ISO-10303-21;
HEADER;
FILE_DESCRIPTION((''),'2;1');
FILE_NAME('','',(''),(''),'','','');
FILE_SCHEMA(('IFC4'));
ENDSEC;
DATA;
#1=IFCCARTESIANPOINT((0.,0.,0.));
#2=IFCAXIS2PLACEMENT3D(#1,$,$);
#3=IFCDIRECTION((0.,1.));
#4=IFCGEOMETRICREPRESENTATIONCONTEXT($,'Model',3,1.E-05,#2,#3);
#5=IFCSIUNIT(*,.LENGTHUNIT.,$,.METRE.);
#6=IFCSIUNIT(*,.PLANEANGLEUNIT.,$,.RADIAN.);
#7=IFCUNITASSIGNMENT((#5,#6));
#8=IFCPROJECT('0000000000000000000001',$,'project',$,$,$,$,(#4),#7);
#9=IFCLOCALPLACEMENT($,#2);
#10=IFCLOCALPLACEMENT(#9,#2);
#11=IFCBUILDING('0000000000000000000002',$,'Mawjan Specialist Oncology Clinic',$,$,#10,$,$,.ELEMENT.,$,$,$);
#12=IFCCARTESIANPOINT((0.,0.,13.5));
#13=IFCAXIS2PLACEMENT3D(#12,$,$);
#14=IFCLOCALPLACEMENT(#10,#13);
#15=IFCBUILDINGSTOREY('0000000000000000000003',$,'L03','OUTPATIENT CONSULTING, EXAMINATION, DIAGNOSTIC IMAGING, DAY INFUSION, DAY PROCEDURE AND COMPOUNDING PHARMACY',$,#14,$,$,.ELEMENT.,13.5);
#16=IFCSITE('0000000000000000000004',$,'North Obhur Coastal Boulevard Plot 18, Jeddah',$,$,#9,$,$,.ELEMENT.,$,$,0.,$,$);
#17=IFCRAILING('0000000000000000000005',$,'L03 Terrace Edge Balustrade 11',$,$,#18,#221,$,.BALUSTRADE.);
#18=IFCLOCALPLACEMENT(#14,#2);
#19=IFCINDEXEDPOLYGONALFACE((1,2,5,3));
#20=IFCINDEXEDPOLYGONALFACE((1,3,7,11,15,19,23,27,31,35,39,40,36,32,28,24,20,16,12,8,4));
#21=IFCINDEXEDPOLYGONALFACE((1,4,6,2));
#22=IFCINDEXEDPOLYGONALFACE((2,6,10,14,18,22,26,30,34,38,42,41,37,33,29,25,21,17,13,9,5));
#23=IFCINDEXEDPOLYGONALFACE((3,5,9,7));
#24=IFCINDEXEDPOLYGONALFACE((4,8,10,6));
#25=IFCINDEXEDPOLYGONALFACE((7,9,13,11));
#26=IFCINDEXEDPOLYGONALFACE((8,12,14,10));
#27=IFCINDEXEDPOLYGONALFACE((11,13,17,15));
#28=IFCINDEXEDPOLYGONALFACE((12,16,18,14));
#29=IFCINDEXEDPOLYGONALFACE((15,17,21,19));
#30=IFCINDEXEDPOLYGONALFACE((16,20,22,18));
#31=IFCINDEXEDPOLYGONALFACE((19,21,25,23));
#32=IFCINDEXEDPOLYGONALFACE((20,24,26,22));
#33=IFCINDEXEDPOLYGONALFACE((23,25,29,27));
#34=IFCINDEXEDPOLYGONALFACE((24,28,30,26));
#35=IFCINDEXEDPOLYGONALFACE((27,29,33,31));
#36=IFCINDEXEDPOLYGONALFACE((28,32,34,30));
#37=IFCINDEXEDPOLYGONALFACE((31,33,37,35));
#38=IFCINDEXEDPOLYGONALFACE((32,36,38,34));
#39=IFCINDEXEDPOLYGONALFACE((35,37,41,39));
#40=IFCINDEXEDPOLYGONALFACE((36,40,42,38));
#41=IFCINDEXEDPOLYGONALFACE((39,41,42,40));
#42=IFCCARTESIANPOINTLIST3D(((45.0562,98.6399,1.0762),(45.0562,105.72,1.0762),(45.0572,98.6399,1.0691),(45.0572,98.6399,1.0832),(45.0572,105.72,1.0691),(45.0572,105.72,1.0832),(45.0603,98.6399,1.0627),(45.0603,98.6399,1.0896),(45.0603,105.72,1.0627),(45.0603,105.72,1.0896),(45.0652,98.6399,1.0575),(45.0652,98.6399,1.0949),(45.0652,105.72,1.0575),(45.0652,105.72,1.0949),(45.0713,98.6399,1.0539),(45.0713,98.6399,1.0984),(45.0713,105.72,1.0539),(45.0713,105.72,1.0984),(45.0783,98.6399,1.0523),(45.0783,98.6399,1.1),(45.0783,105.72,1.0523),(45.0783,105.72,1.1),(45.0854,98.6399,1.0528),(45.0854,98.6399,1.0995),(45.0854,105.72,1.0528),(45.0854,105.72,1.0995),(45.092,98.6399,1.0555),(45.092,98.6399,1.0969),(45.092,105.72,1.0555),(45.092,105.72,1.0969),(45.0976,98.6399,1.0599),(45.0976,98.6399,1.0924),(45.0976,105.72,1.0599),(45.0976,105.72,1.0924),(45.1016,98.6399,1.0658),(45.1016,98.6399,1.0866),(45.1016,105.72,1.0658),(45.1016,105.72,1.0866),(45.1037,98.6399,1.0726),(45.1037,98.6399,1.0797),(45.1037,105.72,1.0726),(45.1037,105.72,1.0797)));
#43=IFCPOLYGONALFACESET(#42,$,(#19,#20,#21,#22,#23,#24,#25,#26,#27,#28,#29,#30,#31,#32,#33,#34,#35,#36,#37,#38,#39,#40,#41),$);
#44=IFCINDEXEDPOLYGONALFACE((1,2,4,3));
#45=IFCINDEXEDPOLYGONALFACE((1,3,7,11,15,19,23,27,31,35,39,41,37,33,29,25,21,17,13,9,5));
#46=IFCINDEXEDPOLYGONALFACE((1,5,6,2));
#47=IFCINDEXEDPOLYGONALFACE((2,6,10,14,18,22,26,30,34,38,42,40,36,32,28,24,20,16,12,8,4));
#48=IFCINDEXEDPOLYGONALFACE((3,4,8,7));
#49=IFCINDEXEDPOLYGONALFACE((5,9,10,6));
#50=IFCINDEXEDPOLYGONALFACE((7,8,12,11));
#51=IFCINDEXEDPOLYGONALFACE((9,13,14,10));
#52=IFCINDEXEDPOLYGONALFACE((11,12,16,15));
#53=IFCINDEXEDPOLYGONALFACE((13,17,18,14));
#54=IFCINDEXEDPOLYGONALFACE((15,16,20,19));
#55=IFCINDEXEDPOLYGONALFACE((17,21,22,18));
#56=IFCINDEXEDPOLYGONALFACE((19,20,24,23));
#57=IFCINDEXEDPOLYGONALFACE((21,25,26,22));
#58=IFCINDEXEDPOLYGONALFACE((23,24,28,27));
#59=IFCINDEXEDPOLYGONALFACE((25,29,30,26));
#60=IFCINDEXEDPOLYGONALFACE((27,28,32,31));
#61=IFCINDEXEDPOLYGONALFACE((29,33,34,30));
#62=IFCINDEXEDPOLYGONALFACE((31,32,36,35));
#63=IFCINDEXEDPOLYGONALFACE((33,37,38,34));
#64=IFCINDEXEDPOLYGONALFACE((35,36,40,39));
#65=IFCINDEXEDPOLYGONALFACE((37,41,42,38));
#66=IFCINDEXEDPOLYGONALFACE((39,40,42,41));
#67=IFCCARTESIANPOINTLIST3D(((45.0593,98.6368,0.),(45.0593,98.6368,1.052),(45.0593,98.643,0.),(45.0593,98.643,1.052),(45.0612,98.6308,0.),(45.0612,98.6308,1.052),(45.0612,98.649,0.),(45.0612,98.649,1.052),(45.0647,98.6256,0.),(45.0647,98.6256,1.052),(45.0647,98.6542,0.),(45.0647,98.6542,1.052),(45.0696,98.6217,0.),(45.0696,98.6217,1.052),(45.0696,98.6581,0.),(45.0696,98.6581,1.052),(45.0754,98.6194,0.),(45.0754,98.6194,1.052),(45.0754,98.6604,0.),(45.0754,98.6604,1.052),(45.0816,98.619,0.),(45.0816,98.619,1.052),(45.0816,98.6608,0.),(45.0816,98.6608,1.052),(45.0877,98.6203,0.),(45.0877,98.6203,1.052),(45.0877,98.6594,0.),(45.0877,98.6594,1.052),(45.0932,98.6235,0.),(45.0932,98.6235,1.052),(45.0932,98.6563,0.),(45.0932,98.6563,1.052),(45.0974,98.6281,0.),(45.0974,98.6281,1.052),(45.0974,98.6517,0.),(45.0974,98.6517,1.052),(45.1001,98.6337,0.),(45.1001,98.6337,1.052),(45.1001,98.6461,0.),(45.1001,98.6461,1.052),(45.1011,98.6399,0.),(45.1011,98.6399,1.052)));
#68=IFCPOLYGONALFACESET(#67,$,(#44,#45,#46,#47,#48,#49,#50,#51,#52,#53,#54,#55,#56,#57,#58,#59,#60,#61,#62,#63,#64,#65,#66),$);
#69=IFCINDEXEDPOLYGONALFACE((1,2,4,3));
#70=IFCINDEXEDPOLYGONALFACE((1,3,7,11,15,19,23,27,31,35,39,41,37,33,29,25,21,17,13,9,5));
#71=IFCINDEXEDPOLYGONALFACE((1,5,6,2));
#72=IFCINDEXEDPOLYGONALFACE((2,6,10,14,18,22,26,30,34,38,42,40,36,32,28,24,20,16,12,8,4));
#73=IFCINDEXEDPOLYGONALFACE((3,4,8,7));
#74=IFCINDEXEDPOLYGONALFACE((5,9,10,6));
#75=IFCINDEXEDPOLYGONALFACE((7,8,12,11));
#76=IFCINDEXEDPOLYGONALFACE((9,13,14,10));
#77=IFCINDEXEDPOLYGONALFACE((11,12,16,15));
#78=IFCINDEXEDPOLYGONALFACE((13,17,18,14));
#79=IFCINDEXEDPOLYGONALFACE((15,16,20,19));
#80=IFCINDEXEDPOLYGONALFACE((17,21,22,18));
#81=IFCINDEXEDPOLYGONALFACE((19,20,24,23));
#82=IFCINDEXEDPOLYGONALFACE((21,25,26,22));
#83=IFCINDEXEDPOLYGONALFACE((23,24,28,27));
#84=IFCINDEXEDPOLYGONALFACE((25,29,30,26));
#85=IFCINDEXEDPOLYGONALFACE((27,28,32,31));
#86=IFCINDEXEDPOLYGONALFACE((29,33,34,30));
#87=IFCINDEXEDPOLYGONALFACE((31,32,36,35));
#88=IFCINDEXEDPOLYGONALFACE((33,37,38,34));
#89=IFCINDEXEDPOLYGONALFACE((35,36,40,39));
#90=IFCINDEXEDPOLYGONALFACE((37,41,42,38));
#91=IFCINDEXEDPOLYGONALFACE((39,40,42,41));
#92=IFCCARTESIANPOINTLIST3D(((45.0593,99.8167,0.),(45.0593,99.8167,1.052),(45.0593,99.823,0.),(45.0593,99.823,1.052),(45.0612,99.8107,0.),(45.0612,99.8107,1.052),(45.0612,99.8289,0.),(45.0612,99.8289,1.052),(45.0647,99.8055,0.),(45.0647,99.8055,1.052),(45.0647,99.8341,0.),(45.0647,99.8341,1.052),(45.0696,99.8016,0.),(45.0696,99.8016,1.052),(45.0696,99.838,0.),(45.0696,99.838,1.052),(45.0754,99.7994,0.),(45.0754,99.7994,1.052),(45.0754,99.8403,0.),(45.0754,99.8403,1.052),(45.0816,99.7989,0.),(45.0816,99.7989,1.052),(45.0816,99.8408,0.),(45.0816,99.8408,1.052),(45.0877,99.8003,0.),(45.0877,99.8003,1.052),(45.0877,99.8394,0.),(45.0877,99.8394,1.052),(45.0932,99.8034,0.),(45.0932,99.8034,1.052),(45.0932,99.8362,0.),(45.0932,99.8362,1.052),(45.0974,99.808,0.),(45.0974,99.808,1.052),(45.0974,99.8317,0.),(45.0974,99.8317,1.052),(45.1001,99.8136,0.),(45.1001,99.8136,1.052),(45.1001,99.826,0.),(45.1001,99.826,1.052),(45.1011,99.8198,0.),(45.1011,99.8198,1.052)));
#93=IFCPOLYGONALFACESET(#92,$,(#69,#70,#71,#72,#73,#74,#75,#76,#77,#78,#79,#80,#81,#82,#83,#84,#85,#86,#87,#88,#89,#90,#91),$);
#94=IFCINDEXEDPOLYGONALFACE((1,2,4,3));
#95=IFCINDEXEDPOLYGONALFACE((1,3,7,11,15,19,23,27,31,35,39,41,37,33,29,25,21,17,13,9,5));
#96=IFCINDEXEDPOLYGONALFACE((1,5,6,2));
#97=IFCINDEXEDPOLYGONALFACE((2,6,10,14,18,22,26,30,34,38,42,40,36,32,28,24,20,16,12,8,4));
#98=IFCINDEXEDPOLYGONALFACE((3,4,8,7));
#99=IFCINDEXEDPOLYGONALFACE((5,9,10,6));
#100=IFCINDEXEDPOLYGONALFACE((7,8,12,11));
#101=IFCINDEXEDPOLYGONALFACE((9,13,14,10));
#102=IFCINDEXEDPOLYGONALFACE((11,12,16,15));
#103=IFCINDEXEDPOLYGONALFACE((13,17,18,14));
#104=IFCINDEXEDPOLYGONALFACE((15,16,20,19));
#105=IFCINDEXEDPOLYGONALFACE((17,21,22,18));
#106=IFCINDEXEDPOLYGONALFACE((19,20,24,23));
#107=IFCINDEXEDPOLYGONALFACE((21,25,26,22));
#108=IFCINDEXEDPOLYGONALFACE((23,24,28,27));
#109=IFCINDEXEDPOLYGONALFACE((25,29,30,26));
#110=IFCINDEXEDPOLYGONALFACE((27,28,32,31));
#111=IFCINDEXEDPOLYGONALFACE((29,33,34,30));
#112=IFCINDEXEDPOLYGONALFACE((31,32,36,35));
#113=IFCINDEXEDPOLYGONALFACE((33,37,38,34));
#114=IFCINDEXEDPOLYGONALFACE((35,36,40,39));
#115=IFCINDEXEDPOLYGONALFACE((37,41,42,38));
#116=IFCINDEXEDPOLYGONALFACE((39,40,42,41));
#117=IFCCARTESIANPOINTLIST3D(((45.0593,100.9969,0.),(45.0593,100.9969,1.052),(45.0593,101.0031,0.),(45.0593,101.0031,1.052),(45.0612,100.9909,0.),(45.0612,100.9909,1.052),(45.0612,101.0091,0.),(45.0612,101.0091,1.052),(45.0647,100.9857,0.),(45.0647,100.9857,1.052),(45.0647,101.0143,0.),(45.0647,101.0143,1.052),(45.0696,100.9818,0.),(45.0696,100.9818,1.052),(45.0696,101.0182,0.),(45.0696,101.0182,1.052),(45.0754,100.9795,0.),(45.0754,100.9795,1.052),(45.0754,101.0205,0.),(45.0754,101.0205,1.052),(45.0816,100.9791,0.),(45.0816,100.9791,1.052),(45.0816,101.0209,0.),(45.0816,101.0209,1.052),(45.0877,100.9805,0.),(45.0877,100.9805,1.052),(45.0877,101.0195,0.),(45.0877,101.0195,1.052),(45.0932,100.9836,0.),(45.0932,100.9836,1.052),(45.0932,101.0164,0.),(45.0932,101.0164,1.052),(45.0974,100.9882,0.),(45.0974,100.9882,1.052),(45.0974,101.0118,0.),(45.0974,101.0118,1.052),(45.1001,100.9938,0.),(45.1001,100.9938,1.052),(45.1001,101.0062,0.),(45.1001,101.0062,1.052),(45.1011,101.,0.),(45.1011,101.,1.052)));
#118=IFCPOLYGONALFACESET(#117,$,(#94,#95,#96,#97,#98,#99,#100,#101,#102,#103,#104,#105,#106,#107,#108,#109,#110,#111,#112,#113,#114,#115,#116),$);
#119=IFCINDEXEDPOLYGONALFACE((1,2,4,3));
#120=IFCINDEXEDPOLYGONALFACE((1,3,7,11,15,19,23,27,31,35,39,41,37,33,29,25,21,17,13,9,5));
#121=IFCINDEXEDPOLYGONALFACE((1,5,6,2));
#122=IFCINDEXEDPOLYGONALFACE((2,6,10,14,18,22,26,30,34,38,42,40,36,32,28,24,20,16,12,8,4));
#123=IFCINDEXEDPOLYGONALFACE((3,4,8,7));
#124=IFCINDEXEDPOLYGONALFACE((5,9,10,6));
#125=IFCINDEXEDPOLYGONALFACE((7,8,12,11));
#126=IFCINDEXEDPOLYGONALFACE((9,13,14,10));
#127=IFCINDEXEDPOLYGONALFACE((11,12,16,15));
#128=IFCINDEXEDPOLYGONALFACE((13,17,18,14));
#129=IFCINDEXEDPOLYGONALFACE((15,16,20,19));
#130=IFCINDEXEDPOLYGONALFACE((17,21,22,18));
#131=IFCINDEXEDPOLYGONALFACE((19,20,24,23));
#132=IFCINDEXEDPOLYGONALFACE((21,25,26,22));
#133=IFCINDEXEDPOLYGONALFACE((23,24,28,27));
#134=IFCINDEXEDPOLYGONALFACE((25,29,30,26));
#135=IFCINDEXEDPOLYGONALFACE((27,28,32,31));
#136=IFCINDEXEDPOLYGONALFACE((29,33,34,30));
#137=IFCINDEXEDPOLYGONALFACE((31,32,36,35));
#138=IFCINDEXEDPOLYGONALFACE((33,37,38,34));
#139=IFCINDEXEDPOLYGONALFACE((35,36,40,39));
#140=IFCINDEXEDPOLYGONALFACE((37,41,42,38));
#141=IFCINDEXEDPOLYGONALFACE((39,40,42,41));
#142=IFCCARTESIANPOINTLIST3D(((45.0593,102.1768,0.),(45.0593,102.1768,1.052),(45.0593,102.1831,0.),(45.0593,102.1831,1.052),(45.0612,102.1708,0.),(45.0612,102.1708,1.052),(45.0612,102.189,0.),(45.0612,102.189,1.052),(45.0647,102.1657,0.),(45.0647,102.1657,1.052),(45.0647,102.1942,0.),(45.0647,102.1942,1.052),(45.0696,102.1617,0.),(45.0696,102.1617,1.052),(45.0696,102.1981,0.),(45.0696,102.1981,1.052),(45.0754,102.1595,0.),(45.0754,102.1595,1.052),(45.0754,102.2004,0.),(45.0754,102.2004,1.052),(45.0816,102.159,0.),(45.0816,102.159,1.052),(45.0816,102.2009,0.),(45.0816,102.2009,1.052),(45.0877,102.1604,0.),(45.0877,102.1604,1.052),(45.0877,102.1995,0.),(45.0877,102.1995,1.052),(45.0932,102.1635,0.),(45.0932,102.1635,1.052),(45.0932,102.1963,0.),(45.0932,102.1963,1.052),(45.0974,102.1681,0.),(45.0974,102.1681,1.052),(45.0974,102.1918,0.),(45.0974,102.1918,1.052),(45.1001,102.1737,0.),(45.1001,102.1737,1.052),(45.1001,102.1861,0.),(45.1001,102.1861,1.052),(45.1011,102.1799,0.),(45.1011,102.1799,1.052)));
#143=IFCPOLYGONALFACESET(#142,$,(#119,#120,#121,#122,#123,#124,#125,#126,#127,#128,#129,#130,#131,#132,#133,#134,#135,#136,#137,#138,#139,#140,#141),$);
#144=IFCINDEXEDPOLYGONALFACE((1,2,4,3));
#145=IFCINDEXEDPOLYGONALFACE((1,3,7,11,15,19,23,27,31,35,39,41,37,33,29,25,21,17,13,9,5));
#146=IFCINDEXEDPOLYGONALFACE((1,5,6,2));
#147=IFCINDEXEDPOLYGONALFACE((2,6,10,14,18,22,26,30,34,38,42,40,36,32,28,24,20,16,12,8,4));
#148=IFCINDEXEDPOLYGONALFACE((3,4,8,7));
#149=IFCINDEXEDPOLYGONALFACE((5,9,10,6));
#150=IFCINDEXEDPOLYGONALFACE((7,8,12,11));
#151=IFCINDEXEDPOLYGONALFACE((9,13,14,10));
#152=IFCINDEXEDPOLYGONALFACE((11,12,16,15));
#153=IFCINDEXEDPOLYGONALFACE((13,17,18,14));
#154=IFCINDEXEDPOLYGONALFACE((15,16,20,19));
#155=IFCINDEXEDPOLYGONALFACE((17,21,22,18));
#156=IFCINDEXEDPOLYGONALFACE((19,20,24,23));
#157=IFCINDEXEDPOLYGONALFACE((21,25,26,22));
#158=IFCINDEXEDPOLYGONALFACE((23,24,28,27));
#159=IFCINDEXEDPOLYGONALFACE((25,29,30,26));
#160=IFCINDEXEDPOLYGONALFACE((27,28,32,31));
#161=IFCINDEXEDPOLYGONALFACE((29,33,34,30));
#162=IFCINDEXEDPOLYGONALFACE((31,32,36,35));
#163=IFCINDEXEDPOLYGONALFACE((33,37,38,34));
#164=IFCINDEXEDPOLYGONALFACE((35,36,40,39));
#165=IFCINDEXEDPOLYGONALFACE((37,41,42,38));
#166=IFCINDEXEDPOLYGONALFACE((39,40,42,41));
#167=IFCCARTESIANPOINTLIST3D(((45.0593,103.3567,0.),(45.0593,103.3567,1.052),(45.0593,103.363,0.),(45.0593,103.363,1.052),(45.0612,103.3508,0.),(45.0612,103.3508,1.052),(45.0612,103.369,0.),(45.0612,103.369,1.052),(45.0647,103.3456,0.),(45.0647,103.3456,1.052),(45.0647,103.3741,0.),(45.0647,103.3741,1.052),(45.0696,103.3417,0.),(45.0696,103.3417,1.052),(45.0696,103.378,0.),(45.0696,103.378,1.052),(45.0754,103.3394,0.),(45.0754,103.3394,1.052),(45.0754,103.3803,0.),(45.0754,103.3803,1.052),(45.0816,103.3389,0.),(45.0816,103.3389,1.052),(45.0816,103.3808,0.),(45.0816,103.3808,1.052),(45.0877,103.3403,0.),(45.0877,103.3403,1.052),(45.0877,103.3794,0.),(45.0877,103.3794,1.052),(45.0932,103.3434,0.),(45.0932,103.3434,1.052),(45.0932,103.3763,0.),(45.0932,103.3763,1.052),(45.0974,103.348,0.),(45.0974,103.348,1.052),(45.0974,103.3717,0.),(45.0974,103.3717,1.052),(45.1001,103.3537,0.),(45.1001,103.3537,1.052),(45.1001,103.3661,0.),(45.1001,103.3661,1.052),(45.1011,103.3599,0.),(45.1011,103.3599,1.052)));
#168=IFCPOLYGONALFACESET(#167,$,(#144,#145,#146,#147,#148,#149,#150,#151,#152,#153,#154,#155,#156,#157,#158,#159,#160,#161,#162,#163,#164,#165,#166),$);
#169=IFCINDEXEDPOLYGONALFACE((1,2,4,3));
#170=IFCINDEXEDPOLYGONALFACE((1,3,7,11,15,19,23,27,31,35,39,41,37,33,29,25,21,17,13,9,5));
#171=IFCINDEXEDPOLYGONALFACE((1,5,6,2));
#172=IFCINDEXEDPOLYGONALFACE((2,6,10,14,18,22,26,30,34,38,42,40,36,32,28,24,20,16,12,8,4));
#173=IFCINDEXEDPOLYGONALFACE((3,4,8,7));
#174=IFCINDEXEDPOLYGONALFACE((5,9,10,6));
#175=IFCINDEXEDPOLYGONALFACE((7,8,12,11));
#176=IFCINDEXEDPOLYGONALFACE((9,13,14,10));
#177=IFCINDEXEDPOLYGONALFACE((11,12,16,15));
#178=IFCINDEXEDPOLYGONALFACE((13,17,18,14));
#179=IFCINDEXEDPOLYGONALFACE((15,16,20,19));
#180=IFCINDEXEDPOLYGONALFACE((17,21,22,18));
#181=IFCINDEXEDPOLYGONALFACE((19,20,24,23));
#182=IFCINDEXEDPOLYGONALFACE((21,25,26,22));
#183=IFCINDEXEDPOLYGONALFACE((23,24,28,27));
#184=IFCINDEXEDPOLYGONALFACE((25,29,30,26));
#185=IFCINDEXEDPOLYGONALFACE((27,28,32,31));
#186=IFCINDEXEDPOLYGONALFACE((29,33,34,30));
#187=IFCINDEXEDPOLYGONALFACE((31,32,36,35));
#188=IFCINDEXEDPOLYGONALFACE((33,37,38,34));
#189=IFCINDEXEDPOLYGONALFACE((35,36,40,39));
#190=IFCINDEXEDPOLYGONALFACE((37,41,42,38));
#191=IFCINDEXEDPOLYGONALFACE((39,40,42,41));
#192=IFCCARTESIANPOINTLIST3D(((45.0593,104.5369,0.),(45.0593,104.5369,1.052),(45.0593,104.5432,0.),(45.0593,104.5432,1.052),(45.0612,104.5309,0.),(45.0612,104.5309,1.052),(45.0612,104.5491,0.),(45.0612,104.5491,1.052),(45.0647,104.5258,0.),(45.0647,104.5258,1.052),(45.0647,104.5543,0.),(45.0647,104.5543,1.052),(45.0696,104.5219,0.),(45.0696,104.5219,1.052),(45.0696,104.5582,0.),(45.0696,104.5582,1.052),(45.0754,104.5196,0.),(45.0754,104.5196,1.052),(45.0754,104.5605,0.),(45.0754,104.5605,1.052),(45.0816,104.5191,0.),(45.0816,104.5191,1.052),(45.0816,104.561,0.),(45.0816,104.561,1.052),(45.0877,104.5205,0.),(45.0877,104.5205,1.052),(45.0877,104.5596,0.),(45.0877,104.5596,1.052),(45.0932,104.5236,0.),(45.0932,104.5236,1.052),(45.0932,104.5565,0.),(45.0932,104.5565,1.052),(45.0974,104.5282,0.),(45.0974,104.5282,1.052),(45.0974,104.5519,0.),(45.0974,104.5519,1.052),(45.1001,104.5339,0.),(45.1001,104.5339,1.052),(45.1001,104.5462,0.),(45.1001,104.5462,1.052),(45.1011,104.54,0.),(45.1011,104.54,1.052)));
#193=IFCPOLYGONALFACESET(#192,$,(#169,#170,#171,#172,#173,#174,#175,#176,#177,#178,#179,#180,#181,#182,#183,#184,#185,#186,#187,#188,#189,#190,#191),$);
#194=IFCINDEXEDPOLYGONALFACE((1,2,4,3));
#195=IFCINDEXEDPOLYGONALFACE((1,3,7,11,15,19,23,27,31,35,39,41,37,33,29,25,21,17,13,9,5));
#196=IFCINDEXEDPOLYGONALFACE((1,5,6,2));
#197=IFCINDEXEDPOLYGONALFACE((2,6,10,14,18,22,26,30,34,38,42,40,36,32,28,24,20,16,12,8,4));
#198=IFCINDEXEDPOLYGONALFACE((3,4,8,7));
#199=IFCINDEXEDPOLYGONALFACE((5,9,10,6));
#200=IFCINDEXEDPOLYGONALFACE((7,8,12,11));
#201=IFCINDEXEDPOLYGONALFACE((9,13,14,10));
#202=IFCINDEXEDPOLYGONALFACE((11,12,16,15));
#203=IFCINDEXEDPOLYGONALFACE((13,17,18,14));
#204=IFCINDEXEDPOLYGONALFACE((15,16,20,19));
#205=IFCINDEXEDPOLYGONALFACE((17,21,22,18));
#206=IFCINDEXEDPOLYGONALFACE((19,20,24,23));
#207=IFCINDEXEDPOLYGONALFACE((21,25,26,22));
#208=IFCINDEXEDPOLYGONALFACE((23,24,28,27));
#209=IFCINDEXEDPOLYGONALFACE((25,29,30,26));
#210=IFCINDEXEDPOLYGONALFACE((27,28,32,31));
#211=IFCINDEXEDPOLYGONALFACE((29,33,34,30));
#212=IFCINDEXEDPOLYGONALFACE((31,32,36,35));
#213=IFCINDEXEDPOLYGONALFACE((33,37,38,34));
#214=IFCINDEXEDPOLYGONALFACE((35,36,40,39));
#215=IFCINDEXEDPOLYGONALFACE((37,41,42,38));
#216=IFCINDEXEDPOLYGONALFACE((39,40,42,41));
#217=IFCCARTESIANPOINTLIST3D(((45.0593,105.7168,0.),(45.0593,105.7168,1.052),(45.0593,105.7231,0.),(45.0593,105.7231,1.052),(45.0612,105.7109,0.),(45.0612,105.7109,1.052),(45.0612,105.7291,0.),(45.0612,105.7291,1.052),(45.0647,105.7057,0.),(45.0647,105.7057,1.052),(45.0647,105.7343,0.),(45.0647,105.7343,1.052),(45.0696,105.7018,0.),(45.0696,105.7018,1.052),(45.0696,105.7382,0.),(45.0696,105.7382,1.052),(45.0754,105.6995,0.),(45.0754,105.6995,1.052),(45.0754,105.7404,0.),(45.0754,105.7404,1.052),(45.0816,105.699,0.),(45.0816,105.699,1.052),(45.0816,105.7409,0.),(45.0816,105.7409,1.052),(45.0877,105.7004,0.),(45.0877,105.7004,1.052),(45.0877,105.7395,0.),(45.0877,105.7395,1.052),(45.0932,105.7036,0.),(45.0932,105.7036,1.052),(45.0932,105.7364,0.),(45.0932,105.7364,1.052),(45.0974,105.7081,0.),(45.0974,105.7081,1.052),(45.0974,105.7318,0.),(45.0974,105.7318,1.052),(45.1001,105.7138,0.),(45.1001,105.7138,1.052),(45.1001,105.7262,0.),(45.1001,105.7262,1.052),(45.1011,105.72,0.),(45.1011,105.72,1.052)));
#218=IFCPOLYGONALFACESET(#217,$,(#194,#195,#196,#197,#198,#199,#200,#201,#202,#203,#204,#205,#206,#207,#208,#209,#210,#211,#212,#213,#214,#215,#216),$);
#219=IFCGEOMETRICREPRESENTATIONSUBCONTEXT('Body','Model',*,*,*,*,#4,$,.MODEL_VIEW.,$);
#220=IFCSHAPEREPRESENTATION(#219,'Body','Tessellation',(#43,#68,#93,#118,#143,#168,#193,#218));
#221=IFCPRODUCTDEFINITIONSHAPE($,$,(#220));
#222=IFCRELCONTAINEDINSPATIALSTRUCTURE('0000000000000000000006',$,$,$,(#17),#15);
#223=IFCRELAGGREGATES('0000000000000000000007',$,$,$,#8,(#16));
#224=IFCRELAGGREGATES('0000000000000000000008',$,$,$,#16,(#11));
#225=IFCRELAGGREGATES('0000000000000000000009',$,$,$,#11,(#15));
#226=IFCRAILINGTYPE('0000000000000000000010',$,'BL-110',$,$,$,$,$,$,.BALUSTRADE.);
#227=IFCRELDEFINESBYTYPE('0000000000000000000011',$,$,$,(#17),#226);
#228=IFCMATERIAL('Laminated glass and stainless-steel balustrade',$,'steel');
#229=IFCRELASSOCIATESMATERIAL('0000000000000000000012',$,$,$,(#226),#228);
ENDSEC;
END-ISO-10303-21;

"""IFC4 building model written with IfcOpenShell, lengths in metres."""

from ifc_helpers import new_model, si_unit, direction, frame, origin, origin_2d, place, context, subcontext, project, spatial, circle, extrude, material, type_object, element, save


model = new_model("IFC4")

# Units and contexts
model_context = context("Model", 3, precision=1e-05, world=origin(), true_north=direction((0.0, 1.0)))
body_context = subcontext(model_context, "Body", "Model", "MODEL_VIEW")
ifc_project = project(units=[si_unit("LENGTHUNIT", "METRE"), si_unit("PLANEANGLEUNIT", "RADIAN")], contexts=[model_context])

# Site, building, storey
site_placement = place(None, origin())
site = spatial("IfcSite", under=ifc_project, at=site_placement, Name="North Obhur Coastal Boulevard Plot 18, Jeddah", CompositionType="ELEMENT", RefElevation=0.0)
building_placement = place(site_placement, origin())
building = spatial("IfcBuilding", under=site, at=building_placement, Name="Mawjan Specialist Oncology Clinic", CompositionType="ELEMENT")
storey_placement = place(building_placement, frame((0.0, 0.0, 13.5)))
storey = spatial("IfcBuildingStorey", under=building, at=storey_placement, Name="L03", Description="OUTPATIENT CONSULTING, EXAMINATION, DIAGNOSTIC IMAGING, DAY INFUSION, DAY PROCEDURE AND COMPOUNDING PHARMACY", CompositionType="ELEMENT", Elevation=13.5)

# Railing
ifc_material_1 = material(Name="Laminated glass and stainless-steel balustrade", Category="steel")
railing_type = type_object("IfcRailingType", Name="BL-110", PredefinedType="BALUSTRADE", material=ifc_material_1)
railing_1_placement = place(storey_placement, frame((45.0801, 98.6399, 0.0)))
element("IfcRailing", 1, at=railing_1_placement, inside=storey, type_object=railing_type, Name="L03 Terrace Edge Balustrade 11", PredefinedType="BALUSTRADE", context=body_context, shape_type="SweptSolid", body=[
    extrude(circle(Radius=0.0239, at=origin_2d()), frame((0.0, 0.0, 1.0762), z_axis=(0.0, 1.0, 0.0), x_axis=(-1.0, 0.0, 0.0)), (0.0, 0.0, 1.0), 7.0801),
    extrude(circle(Radius=0.021, at=origin_2d()), origin(), (0.0, 0.0, 1.0), 1.052),
    extrude(circle(Radius=0.021, at=origin_2d()), frame((0.0, 1.1799, 0.0)), (0.0, 0.0, 1.0), 1.052),
    extrude(circle(Radius=0.021, at=origin_2d()), frame((0.0, 2.3601, 0.0)), (0.0, 0.0, 1.0), 1.052),
    extrude(circle(Radius=0.021, at=origin_2d()), frame((0.0, 3.54, 0.0)), (0.0, 0.0, 1.0), 1.052),
    extrude(circle(Radius=0.021, at=origin_2d()), frame((0.0, 4.72, 0.0)), (0.0, 0.0, 1.0), 1.052),
    extrude(circle(Radius=0.021, at=origin_2d()), frame((0.0, 5.9001, 0.0)), (0.0, 0.0, 1.0), 1.052),
    extrude(circle(Radius=0.021, at=origin_2d()), frame((0.0, 7.0801, 0.0)), (0.0, 0.0, 1.0), 1.052),
])

save(model, "model.ifc")
